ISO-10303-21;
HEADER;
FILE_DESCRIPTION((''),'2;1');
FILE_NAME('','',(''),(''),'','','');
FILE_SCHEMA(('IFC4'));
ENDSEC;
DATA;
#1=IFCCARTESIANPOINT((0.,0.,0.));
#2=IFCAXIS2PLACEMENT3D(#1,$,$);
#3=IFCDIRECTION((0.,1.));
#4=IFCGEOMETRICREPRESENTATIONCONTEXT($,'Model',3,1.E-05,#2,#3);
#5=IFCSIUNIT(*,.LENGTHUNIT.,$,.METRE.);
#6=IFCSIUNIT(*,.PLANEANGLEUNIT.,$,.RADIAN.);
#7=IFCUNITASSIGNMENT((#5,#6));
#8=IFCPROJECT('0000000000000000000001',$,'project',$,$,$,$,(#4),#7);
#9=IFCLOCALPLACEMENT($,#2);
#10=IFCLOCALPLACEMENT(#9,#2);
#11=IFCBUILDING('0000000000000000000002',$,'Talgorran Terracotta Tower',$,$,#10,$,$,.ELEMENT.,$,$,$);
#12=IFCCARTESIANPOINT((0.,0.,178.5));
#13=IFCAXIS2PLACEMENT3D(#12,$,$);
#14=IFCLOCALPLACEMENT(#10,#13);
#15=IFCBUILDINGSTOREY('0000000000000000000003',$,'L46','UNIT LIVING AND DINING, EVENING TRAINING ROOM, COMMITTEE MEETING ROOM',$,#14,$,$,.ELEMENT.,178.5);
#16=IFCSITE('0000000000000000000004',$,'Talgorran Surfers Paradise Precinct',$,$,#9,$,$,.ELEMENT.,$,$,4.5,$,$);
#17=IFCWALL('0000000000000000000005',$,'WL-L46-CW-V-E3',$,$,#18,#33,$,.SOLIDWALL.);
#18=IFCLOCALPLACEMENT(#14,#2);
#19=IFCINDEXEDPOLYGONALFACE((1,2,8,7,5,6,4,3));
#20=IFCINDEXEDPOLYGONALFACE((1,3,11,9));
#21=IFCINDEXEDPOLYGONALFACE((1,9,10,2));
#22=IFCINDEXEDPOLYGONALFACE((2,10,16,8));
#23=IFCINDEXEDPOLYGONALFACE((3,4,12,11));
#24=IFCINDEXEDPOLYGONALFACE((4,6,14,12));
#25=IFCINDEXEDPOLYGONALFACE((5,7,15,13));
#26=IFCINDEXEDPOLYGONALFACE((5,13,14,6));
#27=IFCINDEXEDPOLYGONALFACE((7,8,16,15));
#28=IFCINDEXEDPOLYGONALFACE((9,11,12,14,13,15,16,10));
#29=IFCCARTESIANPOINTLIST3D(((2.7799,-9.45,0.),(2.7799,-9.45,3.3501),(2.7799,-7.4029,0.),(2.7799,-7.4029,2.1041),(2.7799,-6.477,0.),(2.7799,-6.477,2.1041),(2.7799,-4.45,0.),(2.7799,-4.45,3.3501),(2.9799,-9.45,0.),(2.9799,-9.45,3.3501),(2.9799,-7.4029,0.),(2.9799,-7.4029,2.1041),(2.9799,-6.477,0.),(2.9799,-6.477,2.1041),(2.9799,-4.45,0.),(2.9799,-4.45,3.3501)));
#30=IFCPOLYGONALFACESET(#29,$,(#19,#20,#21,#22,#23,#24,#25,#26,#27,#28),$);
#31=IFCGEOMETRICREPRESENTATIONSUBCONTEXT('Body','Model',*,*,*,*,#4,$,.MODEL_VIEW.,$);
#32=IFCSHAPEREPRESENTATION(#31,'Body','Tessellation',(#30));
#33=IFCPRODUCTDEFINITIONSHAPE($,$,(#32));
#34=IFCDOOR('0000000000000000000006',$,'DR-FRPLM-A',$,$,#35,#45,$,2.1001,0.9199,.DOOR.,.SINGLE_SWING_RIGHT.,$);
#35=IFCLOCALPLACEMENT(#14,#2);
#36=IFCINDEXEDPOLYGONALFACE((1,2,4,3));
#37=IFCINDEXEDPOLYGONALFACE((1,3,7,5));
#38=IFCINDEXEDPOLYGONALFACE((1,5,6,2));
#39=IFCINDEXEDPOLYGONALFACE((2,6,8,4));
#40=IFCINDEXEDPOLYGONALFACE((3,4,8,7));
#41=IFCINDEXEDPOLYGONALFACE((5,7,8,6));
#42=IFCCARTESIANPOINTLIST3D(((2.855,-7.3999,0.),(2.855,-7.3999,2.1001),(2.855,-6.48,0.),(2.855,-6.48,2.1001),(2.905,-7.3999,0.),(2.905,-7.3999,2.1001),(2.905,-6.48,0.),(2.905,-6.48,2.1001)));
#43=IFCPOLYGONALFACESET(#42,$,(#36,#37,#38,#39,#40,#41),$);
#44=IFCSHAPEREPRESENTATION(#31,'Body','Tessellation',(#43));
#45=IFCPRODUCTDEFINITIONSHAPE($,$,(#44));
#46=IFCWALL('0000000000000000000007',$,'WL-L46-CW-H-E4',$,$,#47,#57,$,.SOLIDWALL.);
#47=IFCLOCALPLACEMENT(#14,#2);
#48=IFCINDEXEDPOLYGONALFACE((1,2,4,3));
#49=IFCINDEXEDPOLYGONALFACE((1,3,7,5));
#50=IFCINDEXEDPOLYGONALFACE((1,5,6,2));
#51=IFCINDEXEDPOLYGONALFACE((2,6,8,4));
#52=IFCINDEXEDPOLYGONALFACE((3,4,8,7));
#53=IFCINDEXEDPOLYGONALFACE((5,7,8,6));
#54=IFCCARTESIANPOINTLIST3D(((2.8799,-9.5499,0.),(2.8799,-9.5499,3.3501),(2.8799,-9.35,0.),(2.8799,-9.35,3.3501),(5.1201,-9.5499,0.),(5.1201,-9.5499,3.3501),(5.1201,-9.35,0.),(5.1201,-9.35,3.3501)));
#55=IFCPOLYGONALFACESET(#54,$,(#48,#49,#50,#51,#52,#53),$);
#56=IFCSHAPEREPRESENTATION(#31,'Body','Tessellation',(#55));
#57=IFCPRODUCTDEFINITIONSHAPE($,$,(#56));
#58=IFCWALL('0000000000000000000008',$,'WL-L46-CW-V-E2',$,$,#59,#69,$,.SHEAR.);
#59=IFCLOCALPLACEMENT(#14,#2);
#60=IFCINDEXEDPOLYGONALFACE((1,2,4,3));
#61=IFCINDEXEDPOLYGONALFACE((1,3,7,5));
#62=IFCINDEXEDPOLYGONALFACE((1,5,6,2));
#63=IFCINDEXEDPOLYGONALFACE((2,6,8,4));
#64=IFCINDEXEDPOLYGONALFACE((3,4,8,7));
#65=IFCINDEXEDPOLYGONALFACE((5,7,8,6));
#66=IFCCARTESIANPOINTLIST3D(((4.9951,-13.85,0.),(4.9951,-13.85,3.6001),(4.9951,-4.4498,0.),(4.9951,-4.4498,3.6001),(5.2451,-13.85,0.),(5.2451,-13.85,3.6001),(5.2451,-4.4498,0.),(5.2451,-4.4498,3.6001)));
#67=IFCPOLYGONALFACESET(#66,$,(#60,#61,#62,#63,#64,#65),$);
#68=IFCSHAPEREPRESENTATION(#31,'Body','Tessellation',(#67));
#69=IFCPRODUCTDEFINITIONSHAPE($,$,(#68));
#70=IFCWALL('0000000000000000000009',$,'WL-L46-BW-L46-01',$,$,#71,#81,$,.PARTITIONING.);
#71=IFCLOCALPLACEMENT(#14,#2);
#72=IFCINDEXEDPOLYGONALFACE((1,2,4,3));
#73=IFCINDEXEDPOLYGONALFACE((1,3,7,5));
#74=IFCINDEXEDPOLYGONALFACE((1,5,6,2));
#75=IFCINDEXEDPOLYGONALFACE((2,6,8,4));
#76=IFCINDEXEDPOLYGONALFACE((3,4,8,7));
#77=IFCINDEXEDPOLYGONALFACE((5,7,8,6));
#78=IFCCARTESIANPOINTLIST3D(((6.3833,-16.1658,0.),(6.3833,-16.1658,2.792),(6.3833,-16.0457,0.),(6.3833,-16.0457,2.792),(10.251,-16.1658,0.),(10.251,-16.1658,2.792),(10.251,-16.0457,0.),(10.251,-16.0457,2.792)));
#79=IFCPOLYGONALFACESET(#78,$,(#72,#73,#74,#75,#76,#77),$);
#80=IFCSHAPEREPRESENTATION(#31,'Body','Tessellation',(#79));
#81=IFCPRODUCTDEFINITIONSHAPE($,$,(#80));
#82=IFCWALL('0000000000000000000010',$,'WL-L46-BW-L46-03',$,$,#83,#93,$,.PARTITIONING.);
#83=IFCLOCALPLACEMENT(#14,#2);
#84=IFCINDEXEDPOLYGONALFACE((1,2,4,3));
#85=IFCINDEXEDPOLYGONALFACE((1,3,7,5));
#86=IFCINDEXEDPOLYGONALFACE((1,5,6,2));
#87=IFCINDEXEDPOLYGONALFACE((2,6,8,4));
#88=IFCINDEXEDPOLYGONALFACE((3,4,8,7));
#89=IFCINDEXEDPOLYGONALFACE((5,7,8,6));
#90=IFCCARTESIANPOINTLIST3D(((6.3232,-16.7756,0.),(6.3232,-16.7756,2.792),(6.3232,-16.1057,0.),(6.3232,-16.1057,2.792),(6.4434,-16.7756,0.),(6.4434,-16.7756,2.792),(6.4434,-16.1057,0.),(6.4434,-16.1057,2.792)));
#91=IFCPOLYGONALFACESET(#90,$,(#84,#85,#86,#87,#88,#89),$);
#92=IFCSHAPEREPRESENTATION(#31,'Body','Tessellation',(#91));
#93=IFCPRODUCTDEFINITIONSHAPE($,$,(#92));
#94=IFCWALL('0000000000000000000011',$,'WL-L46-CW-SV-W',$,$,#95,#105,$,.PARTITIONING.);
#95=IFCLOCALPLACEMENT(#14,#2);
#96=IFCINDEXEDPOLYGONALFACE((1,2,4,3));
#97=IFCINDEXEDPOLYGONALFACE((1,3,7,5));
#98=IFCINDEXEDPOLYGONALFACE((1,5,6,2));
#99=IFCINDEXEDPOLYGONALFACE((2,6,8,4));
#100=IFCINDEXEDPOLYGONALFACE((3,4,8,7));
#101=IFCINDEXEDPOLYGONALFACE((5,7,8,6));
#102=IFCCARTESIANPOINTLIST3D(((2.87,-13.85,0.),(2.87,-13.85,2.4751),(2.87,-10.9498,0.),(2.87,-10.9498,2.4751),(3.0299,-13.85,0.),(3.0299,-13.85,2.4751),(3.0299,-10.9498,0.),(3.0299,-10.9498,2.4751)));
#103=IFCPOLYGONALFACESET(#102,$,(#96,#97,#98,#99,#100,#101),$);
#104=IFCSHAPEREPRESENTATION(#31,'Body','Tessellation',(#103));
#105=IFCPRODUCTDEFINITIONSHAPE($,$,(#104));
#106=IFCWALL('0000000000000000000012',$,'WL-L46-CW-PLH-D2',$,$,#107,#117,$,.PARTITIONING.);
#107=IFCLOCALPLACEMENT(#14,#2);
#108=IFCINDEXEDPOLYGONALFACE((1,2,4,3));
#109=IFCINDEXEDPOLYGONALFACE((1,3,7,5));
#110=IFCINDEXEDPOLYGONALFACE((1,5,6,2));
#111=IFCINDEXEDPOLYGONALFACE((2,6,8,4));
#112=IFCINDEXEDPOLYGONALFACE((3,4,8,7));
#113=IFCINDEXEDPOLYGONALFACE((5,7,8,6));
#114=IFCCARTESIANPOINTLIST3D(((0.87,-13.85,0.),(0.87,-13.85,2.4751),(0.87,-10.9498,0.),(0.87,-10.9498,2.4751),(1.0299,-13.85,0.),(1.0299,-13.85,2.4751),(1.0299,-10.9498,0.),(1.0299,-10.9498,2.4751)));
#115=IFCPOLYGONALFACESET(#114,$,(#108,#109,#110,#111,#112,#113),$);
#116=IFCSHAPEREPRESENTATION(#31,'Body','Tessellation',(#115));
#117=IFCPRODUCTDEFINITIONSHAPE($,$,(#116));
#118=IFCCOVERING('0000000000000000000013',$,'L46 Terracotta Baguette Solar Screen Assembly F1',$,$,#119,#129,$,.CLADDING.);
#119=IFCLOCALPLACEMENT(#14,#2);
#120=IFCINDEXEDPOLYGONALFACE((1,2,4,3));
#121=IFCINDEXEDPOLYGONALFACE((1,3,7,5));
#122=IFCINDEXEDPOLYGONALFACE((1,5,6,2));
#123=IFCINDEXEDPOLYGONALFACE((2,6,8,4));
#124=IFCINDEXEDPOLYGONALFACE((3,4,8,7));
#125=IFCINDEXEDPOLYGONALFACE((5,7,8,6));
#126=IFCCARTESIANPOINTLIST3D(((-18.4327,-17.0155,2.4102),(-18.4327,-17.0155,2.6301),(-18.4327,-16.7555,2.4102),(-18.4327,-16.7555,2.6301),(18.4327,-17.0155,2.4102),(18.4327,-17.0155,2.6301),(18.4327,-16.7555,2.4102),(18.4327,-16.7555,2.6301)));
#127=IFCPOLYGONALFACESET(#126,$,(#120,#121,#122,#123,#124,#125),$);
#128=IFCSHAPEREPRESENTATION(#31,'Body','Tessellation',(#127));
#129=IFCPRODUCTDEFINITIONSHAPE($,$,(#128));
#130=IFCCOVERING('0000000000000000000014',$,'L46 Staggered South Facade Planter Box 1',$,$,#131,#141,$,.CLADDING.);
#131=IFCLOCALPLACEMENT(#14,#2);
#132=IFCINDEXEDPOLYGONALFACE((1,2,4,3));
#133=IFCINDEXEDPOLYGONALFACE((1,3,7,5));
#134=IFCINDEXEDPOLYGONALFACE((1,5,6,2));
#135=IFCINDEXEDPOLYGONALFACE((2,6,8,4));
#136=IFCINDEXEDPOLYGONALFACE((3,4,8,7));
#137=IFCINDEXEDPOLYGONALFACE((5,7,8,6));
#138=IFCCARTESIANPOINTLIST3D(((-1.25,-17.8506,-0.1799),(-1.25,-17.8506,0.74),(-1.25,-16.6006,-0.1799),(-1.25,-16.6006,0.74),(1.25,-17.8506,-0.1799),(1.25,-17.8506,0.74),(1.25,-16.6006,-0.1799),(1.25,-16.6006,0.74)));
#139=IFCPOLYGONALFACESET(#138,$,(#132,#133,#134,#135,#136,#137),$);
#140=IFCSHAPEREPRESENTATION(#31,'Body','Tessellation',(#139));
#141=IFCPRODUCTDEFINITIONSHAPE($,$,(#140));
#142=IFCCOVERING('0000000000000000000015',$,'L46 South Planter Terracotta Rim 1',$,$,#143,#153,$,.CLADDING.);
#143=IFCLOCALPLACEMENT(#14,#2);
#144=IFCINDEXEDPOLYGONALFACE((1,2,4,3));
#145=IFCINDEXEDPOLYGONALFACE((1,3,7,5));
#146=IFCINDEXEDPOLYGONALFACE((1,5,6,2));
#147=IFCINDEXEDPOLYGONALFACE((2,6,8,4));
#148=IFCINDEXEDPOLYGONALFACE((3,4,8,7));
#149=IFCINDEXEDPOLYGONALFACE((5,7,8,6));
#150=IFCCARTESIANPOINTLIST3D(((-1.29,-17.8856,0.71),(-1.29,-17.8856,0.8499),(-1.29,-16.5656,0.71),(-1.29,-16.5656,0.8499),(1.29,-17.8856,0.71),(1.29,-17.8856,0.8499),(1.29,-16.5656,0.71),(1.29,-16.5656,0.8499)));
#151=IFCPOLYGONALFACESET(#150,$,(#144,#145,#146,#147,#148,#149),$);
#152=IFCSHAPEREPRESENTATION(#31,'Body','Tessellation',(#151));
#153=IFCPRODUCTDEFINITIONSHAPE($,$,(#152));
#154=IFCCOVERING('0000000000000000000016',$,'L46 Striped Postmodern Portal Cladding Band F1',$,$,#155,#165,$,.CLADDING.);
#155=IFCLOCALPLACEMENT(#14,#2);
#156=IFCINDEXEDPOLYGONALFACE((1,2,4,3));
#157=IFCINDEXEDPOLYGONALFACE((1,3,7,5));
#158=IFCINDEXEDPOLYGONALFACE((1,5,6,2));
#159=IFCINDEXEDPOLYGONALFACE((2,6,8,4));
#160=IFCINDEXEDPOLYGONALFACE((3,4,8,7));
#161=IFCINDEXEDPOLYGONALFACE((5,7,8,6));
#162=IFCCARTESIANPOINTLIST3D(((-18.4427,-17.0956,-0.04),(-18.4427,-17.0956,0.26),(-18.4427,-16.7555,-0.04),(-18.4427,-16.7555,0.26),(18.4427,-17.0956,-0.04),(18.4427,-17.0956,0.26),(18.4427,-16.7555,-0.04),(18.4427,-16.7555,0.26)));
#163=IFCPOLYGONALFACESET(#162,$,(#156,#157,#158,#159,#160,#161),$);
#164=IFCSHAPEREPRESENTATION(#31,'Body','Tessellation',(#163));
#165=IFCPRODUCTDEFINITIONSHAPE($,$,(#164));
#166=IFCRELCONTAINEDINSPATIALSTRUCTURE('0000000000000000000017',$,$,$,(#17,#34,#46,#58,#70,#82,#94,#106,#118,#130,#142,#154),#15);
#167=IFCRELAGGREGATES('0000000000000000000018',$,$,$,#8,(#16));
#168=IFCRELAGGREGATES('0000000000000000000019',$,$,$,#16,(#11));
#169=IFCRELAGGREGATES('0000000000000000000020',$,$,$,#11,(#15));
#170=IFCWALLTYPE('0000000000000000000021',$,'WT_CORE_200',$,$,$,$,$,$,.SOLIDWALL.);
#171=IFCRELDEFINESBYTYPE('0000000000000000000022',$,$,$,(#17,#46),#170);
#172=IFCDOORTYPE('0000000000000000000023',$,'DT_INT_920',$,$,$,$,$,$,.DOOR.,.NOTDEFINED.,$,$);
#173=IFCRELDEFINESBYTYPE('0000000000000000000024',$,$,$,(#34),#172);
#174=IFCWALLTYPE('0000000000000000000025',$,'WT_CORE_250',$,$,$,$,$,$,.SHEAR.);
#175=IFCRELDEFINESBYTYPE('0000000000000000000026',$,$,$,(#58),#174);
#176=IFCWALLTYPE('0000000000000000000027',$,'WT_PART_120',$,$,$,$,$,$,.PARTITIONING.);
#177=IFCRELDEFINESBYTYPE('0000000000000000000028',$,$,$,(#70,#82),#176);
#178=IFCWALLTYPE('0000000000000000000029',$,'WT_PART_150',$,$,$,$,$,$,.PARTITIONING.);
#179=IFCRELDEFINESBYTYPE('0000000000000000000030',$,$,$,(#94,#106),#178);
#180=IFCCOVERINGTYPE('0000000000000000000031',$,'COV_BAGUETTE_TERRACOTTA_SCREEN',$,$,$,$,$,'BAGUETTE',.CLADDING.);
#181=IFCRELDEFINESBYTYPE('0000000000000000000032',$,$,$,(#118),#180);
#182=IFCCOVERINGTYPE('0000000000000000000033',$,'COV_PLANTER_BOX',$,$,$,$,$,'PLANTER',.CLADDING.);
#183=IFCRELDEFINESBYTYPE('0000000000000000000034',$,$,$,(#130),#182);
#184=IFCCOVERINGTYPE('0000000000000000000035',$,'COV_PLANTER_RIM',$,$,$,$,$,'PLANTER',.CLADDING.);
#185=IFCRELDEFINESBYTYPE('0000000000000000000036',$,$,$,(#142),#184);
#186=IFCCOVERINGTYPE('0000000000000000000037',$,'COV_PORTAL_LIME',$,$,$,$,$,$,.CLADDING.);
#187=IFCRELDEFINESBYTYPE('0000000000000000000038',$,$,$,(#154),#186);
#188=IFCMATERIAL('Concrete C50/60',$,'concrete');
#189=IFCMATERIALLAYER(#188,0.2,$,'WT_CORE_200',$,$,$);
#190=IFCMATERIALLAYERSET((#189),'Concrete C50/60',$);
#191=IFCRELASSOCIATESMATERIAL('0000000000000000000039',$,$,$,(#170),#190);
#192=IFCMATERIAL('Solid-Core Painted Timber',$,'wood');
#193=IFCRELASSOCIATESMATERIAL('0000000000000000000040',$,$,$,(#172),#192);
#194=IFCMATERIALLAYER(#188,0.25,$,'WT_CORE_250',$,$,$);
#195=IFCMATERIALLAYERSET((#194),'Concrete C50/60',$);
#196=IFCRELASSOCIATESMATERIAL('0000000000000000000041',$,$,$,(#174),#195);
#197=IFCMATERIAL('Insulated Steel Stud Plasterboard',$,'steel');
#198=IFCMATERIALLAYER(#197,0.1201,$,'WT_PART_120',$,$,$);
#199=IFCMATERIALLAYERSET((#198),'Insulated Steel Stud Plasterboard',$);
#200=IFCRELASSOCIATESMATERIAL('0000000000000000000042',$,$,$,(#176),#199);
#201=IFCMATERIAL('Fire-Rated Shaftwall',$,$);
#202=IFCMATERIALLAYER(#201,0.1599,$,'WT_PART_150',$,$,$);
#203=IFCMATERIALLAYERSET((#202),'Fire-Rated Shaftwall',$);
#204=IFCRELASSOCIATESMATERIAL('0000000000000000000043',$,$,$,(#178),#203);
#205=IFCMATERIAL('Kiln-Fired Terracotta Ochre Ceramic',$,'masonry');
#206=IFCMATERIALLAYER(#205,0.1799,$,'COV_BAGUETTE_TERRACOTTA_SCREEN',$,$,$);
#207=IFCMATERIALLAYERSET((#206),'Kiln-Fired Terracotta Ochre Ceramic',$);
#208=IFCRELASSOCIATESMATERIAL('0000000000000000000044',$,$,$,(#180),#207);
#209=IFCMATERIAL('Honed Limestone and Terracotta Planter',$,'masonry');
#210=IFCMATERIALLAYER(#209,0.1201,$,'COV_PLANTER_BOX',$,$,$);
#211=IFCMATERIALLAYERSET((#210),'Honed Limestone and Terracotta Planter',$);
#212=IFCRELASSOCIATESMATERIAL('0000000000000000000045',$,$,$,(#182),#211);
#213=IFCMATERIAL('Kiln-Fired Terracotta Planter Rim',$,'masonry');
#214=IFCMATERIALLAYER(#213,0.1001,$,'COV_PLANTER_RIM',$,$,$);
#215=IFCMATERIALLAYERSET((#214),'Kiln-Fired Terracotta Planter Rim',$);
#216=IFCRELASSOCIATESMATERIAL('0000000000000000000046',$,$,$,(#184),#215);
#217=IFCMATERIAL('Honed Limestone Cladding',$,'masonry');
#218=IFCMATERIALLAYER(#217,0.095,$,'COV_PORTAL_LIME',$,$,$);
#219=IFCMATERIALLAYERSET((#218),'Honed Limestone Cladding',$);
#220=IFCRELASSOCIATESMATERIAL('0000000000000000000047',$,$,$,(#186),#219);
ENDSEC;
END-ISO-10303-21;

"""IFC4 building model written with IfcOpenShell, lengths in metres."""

from ifc_helpers import new_model, si_unit, direction, frame, frame_2d, origin, origin_2d, place, context, subcontext, project, spatial, rectangle, extrude, material, layer, layer_set, type_object, element, fill, save


model = new_model("IFC4")

# Units and contexts
model_context = context("Model", 3, precision=1e-05, world=origin(), true_north=direction((0.0, 1.0)))
body_context = subcontext(model_context, "Body", "Model", "MODEL_VIEW")
ifc_project = project(units=[si_unit("LENGTHUNIT", "METRE"), si_unit("PLANEANGLEUNIT", "RADIAN")], contexts=[model_context])

# Site, building, storey
site_placement = place(None, origin())
site = spatial("IfcSite", under=ifc_project, at=site_placement, Name="Talgorran Surfers Paradise Precinct", CompositionType="ELEMENT", RefElevation=4.5)
building_placement = place(site_placement, origin())
building = spatial("IfcBuilding", under=site, at=building_placement, Name="Talgorran Terracotta Tower", CompositionType="ELEMENT")
storey_placement = place(building_placement, frame((0.0, 0.0, 178.5)))
storey = spatial("IfcBuildingStorey", under=building, at=storey_placement, Name="L46", Description="UNIT LIVING AND DINING, EVENING TRAINING ROOM, COMMITTEE MEETING ROOM", CompositionType="ELEMENT", Elevation=178.5)

# Shared definitions
ifc_material_1 = material(Name="Concrete C50/60", Category="concrete")

# Shared definitions
ifc_layer_1 = layer(ifc_material_1, 0.2, Name="WT_CORE_200")
ifc_layer_set_1 = layer_set([ifc_layer_1], Name="Concrete C50/60")
wall_type_1 = type_object("IfcWallType", Name="WT_CORE_200", PredefinedType="SOLIDWALL", material=ifc_layer_set_1)

# Wall, opening, door
wall_1_placement = place(storey_placement, frame((2.8799, -9.45, 0.0), z_axis=(0.0, 0.0, 1.0), x_axis=(0.0, 1.0, 0.0)))
wall_1 = element("IfcWall", 1, at=wall_1_placement, inside=storey, type_object=wall_type_1, Name="WL-L46-CW-V-E3", PredefinedType="SOLIDWALL", context=body_context, shape_type="SweptSolid", body=[
    extrude(rectangle(XDim=5.0, YDim=0.2, at=frame_2d((2.5, 0.0))), origin(), (0.0, 0.0, 1.0), 3.3501),
])
opening_1_placement = place(wall_1_placement, frame((2.05, 0.0, 0.0)))
opening_1 = element("IfcOpeningElement", 2, at=opening_1_placement, cuts=wall_1, PredefinedType="OPENING", context=body_context, shape_type="SweptSolid", body=[
    extrude(rectangle(XDim=0.9259, YDim=2.1041, at=frame_2d((0.46, 1.052))), frame((0.0, 0.1099, 0.0), z_axis=(0.0, -1.0, 0.0), x_axis=(1.0, 0.0, 0.0)), (0.0, 0.0, 1.0), 0.22),
])
ifc_material_2 = material(Name="Solid-Core Painted Timber", Category="wood")
door_type_1 = type_object("IfcDoorType", Name="DT_INT_920", OperationType="NOTDEFINED", PredefinedType="DOOR", material=ifc_material_2)
door_1_placement = place(opening_1_placement, origin())
door_1 = element("IfcDoor", 3, at=door_1_placement, inside=storey, type_object=door_type_1, Name="DR-FRPLM-A", OperationType="SINGLE_SWING_RIGHT", OverallHeight=2.1001, OverallWidth=0.9199, PredefinedType="DOOR", context=body_context, shape_type="SweptSolid", body=[
    extrude(rectangle(XDim=0.9199, YDim=2.1001, at=frame_2d((0.46, 1.05))), frame((0.0, 0.0249, 0.0), z_axis=(0.0, -1.0, 0.0), x_axis=(1.0, 0.0, 0.0)), (0.0, 0.0, 1.0), 0.05),
])
fill(opening_1, door_1)

# Walls
wall_2_placement = place(storey_placement, frame((2.8799, -9.45, 0.0), z_axis=(0.0, 0.0, 1.0), x_axis=(1.0, 0.0, 0.0)))
element("IfcWall", 4, at=wall_2_placement, inside=storey, type_object=wall_type_1, Name="WL-L46-CW-H-E4", PredefinedType="SOLIDWALL", context=body_context, shape_type="SweptSolid", body=[
    extrude(rectangle(XDim=2.2402, YDim=0.2, at=frame_2d((1.1201, 0.0))), origin(), (0.0, 0.0, 1.0), 3.3501),
])
ifc_layer_2 = layer(ifc_material_1, 0.25, Name="WT_CORE_250")
ifc_layer_set_2 = layer_set([ifc_layer_2], Name="Concrete C50/60")
wall_type_2 = type_object("IfcWallType", Name="WT_CORE_250", PredefinedType="SHEAR", material=ifc_layer_set_2)
wall_3_placement = place(storey_placement, frame((5.1201, -13.8501, 0.0), z_axis=(0.0, 0.0, 1.0), x_axis=(0.0, 1.0, 0.0)))
element("IfcWall", 5, at=wall_3_placement, inside=storey, type_object=wall_type_2, Name="WL-L46-CW-V-E2", PredefinedType="SHEAR", context=body_context, shape_type="SweptSolid", body=[
    extrude(rectangle(XDim=9.4001, YDim=0.25, at=frame_2d((4.7002, 0.0))), origin(), (0.0, 0.0, 1.0), 3.6001),
])
ifc_material_3 = material(Name="Insulated Steel Stud Plasterboard", Category="steel")
ifc_layer_3 = layer(ifc_material_3, 0.1201, Name="WT_PART_120")
ifc_layer_set_3 = layer_set([ifc_layer_3], Name="Insulated Steel Stud Plasterboard")
wall_type_3 = type_object("IfcWallType", Name="WT_PART_120", PredefinedType="PARTITIONING", material=ifc_layer_set_3)
wall_4_placement = place(storey_placement, frame((6.3833, -16.1057, 0.0), z_axis=(0.0, 0.0, 1.0), x_axis=(1.0, 0.0, 0.0)))
element("IfcWall", 6, at=wall_4_placement, inside=storey, type_object=wall_type_3, Name="WL-L46-BW-L46-01", PredefinedType="PARTITIONING", context=body_context, shape_type="SweptSolid", body=[
    extrude(rectangle(XDim=3.8677, YDim=0.1201, at=frame_2d((1.9338, 0.0))), origin(), (0.0, 0.0, 1.0), 2.792),
])
wall_5_placement = place(storey_placement, frame((6.3833, -16.7756, 0.0), z_axis=(0.0, 0.0, 1.0), x_axis=(0.0, 1.0, 0.0)))
element("IfcWall", 7, at=wall_5_placement, inside=storey, type_object=wall_type_3, Name="WL-L46-BW-L46-03", PredefinedType="PARTITIONING", context=body_context, shape_type="SweptSolid", body=[
    extrude(rectangle(XDim=0.6699, YDim=0.1201, at=frame_2d((0.335, 0.0))), origin(), (0.0, 0.0, 1.0), 2.792),
])
ifc_material_4 = material(Name="Fire-Rated Shaftwall")
ifc_layer_4 = layer(ifc_material_4, 0.1599, Name="WT_PART_150")
ifc_layer_set_4 = layer_set([ifc_layer_4], Name="Fire-Rated Shaftwall")
wall_type_4 = type_object("IfcWallType", Name="WT_PART_150", PredefinedType="PARTITIONING", material=ifc_layer_set_4)
for number, where, z_axis, x_axis, name in (
    (8, (2.95, -13.8501, 0.0), (0.0, 0.0, 1.0), (0.0, 1.0, 0.0), "WL-L46-CW-SV-W"),
    (9, (0.95, -13.8501, 0.0), (0.0, 0.0, 1.0), (0.0, 1.0, 0.0), "WL-L46-CW-PLH-D2"),
):
    element("IfcWall", number, at=place(storey_placement, frame(where, z_axis=z_axis, x_axis=x_axis)), inside=storey, type_object=wall_type_4, Name=name, PredefinedType="PARTITIONING", context=body_context, shape_type="SweptSolid", body=[
        extrude(rectangle(XDim=2.9001, YDim=0.1599, at=frame_2d((1.4502, 0.0))), origin(), (0.0, 0.0, 1.0), 2.4751),
    ])

# Coverings
ifc_material_5 = material(Name="Kiln-Fired Terracotta Ochre Ceramic", Category="masonry")
ifc_layer_5 = layer(ifc_material_5, 0.1799, Name="COV_BAGUETTE_TERRACOTTA_SCREEN")
ifc_layer_set_5 = layer_set([ifc_layer_5], Name="Kiln-Fired Terracotta Ochre Ceramic")
covering_type_1 = type_object("IfcCoveringType", Name="COV_BAGUETTE_TERRACOTTA_SCREEN", ElementType="BAGUETTE", PredefinedType="CLADDING", material=ifc_layer_set_5)
covering_1_placement = place(storey_placement, frame((0.0, -16.8855, 2.4102), z_axis=(0.0, 0.0, 1.0), x_axis=(1.0, 0.0, 0.0)))
element("IfcCovering", 10, at=covering_1_placement, inside=storey, type_object=covering_type_1, Name="L46 Terracotta Baguette Solar Screen Assembly F1", PredefinedType="CLADDING", context=body_context, shape_type="SweptSolid", body=[
    extrude(rectangle(XDim=36.8655, YDim=0.26, at=origin_2d()), origin(), (0.0, 0.0, 1.0), 0.22),
])
ifc_material_6 = material(Name="Honed Limestone and Terracotta Planter", Category="masonry")
ifc_layer_6 = layer(ifc_material_6, 0.1201, Name="COV_PLANTER_BOX")
ifc_layer_set_6 = layer_set([ifc_layer_6], Name="Honed Limestone and Terracotta Planter")
covering_type_2 = type_object("IfcCoveringType", Name="COV_PLANTER_BOX", ElementType="PLANTER", PredefinedType="CLADDING", material=ifc_layer_set_6)
covering_2_placement = place(storey_placement, frame((0.0, -17.2256, -0.1799), z_axis=(0.0, 0.0, 1.0), x_axis=(1.0, 0.0, 0.0)))
element("IfcCovering", 11, at=covering_2_placement, inside=storey, type_object=covering_type_2, Name="L46 Staggered South Facade Planter Box 1", PredefinedType="CLADDING", context=body_context, shape_type="SweptSolid", body=[
    extrude(rectangle(XDim=2.5, YDim=1.25, at=origin_2d()), origin(), (0.0, 0.0, 1.0), 0.9199),
])
ifc_material_7 = material(Name="Kiln-Fired Terracotta Planter Rim", Category="masonry")
ifc_layer_7 = layer(ifc_material_7, 0.1001, Name="COV_PLANTER_RIM")
ifc_layer_set_7 = layer_set([ifc_layer_7], Name="Kiln-Fired Terracotta Planter Rim")
covering_type_3 = type_object("IfcCoveringType", Name="COV_PLANTER_RIM", ElementType="PLANTER", PredefinedType="CLADDING", material=ifc_layer_set_7)
covering_3_placement = place(storey_placement, frame((0.0, -17.2256, 0.71), z_axis=(0.0, 0.0, 1.0), x_axis=(1.0, 0.0, 0.0)))
element("IfcCovering", 12, at=covering_3_placement, inside=storey, type_object=covering_type_3, Name="L46 South Planter Terracotta Rim 1", PredefinedType="CLADDING", context=body_context, shape_type="SweptSolid", body=[
    extrude(rectangle(XDim=2.5801, YDim=1.3201, at=origin_2d()), origin(), (0.0, 0.0, 1.0), 0.1399),
])
ifc_material_8 = material(Name="Honed Limestone Cladding", Category="masonry")
ifc_layer_8 = layer(ifc_material_8, 0.095, Name="COV_PORTAL_LIME")
ifc_layer_set_8 = layer_set([ifc_layer_8], Name="Honed Limestone Cladding")
covering_type_4 = type_object("IfcCoveringType", Name="COV_PORTAL_LIME", PredefinedType="CLADDING", material=ifc_layer_set_8)
covering_4_placement = place(storey_placement, frame((0.0, -16.9255, -0.04), z_axis=(0.0, 0.0, 1.0), x_axis=(1.0, 0.0, 0.0)))
element("IfcCovering", 13, at=covering_4_placement, inside=storey, type_object=covering_type_4, Name="L46 Striped Postmodern Portal Cladding Band F1", PredefinedType="CLADDING", context=body_context, shape_type="SweptSolid", body=[
    extrude(rectangle(XDim=36.8855, YDim=0.3401, at=origin_2d()), origin(), (0.0, 0.0, 1.0), 0.3),
])

save(model, "model.ifc")
